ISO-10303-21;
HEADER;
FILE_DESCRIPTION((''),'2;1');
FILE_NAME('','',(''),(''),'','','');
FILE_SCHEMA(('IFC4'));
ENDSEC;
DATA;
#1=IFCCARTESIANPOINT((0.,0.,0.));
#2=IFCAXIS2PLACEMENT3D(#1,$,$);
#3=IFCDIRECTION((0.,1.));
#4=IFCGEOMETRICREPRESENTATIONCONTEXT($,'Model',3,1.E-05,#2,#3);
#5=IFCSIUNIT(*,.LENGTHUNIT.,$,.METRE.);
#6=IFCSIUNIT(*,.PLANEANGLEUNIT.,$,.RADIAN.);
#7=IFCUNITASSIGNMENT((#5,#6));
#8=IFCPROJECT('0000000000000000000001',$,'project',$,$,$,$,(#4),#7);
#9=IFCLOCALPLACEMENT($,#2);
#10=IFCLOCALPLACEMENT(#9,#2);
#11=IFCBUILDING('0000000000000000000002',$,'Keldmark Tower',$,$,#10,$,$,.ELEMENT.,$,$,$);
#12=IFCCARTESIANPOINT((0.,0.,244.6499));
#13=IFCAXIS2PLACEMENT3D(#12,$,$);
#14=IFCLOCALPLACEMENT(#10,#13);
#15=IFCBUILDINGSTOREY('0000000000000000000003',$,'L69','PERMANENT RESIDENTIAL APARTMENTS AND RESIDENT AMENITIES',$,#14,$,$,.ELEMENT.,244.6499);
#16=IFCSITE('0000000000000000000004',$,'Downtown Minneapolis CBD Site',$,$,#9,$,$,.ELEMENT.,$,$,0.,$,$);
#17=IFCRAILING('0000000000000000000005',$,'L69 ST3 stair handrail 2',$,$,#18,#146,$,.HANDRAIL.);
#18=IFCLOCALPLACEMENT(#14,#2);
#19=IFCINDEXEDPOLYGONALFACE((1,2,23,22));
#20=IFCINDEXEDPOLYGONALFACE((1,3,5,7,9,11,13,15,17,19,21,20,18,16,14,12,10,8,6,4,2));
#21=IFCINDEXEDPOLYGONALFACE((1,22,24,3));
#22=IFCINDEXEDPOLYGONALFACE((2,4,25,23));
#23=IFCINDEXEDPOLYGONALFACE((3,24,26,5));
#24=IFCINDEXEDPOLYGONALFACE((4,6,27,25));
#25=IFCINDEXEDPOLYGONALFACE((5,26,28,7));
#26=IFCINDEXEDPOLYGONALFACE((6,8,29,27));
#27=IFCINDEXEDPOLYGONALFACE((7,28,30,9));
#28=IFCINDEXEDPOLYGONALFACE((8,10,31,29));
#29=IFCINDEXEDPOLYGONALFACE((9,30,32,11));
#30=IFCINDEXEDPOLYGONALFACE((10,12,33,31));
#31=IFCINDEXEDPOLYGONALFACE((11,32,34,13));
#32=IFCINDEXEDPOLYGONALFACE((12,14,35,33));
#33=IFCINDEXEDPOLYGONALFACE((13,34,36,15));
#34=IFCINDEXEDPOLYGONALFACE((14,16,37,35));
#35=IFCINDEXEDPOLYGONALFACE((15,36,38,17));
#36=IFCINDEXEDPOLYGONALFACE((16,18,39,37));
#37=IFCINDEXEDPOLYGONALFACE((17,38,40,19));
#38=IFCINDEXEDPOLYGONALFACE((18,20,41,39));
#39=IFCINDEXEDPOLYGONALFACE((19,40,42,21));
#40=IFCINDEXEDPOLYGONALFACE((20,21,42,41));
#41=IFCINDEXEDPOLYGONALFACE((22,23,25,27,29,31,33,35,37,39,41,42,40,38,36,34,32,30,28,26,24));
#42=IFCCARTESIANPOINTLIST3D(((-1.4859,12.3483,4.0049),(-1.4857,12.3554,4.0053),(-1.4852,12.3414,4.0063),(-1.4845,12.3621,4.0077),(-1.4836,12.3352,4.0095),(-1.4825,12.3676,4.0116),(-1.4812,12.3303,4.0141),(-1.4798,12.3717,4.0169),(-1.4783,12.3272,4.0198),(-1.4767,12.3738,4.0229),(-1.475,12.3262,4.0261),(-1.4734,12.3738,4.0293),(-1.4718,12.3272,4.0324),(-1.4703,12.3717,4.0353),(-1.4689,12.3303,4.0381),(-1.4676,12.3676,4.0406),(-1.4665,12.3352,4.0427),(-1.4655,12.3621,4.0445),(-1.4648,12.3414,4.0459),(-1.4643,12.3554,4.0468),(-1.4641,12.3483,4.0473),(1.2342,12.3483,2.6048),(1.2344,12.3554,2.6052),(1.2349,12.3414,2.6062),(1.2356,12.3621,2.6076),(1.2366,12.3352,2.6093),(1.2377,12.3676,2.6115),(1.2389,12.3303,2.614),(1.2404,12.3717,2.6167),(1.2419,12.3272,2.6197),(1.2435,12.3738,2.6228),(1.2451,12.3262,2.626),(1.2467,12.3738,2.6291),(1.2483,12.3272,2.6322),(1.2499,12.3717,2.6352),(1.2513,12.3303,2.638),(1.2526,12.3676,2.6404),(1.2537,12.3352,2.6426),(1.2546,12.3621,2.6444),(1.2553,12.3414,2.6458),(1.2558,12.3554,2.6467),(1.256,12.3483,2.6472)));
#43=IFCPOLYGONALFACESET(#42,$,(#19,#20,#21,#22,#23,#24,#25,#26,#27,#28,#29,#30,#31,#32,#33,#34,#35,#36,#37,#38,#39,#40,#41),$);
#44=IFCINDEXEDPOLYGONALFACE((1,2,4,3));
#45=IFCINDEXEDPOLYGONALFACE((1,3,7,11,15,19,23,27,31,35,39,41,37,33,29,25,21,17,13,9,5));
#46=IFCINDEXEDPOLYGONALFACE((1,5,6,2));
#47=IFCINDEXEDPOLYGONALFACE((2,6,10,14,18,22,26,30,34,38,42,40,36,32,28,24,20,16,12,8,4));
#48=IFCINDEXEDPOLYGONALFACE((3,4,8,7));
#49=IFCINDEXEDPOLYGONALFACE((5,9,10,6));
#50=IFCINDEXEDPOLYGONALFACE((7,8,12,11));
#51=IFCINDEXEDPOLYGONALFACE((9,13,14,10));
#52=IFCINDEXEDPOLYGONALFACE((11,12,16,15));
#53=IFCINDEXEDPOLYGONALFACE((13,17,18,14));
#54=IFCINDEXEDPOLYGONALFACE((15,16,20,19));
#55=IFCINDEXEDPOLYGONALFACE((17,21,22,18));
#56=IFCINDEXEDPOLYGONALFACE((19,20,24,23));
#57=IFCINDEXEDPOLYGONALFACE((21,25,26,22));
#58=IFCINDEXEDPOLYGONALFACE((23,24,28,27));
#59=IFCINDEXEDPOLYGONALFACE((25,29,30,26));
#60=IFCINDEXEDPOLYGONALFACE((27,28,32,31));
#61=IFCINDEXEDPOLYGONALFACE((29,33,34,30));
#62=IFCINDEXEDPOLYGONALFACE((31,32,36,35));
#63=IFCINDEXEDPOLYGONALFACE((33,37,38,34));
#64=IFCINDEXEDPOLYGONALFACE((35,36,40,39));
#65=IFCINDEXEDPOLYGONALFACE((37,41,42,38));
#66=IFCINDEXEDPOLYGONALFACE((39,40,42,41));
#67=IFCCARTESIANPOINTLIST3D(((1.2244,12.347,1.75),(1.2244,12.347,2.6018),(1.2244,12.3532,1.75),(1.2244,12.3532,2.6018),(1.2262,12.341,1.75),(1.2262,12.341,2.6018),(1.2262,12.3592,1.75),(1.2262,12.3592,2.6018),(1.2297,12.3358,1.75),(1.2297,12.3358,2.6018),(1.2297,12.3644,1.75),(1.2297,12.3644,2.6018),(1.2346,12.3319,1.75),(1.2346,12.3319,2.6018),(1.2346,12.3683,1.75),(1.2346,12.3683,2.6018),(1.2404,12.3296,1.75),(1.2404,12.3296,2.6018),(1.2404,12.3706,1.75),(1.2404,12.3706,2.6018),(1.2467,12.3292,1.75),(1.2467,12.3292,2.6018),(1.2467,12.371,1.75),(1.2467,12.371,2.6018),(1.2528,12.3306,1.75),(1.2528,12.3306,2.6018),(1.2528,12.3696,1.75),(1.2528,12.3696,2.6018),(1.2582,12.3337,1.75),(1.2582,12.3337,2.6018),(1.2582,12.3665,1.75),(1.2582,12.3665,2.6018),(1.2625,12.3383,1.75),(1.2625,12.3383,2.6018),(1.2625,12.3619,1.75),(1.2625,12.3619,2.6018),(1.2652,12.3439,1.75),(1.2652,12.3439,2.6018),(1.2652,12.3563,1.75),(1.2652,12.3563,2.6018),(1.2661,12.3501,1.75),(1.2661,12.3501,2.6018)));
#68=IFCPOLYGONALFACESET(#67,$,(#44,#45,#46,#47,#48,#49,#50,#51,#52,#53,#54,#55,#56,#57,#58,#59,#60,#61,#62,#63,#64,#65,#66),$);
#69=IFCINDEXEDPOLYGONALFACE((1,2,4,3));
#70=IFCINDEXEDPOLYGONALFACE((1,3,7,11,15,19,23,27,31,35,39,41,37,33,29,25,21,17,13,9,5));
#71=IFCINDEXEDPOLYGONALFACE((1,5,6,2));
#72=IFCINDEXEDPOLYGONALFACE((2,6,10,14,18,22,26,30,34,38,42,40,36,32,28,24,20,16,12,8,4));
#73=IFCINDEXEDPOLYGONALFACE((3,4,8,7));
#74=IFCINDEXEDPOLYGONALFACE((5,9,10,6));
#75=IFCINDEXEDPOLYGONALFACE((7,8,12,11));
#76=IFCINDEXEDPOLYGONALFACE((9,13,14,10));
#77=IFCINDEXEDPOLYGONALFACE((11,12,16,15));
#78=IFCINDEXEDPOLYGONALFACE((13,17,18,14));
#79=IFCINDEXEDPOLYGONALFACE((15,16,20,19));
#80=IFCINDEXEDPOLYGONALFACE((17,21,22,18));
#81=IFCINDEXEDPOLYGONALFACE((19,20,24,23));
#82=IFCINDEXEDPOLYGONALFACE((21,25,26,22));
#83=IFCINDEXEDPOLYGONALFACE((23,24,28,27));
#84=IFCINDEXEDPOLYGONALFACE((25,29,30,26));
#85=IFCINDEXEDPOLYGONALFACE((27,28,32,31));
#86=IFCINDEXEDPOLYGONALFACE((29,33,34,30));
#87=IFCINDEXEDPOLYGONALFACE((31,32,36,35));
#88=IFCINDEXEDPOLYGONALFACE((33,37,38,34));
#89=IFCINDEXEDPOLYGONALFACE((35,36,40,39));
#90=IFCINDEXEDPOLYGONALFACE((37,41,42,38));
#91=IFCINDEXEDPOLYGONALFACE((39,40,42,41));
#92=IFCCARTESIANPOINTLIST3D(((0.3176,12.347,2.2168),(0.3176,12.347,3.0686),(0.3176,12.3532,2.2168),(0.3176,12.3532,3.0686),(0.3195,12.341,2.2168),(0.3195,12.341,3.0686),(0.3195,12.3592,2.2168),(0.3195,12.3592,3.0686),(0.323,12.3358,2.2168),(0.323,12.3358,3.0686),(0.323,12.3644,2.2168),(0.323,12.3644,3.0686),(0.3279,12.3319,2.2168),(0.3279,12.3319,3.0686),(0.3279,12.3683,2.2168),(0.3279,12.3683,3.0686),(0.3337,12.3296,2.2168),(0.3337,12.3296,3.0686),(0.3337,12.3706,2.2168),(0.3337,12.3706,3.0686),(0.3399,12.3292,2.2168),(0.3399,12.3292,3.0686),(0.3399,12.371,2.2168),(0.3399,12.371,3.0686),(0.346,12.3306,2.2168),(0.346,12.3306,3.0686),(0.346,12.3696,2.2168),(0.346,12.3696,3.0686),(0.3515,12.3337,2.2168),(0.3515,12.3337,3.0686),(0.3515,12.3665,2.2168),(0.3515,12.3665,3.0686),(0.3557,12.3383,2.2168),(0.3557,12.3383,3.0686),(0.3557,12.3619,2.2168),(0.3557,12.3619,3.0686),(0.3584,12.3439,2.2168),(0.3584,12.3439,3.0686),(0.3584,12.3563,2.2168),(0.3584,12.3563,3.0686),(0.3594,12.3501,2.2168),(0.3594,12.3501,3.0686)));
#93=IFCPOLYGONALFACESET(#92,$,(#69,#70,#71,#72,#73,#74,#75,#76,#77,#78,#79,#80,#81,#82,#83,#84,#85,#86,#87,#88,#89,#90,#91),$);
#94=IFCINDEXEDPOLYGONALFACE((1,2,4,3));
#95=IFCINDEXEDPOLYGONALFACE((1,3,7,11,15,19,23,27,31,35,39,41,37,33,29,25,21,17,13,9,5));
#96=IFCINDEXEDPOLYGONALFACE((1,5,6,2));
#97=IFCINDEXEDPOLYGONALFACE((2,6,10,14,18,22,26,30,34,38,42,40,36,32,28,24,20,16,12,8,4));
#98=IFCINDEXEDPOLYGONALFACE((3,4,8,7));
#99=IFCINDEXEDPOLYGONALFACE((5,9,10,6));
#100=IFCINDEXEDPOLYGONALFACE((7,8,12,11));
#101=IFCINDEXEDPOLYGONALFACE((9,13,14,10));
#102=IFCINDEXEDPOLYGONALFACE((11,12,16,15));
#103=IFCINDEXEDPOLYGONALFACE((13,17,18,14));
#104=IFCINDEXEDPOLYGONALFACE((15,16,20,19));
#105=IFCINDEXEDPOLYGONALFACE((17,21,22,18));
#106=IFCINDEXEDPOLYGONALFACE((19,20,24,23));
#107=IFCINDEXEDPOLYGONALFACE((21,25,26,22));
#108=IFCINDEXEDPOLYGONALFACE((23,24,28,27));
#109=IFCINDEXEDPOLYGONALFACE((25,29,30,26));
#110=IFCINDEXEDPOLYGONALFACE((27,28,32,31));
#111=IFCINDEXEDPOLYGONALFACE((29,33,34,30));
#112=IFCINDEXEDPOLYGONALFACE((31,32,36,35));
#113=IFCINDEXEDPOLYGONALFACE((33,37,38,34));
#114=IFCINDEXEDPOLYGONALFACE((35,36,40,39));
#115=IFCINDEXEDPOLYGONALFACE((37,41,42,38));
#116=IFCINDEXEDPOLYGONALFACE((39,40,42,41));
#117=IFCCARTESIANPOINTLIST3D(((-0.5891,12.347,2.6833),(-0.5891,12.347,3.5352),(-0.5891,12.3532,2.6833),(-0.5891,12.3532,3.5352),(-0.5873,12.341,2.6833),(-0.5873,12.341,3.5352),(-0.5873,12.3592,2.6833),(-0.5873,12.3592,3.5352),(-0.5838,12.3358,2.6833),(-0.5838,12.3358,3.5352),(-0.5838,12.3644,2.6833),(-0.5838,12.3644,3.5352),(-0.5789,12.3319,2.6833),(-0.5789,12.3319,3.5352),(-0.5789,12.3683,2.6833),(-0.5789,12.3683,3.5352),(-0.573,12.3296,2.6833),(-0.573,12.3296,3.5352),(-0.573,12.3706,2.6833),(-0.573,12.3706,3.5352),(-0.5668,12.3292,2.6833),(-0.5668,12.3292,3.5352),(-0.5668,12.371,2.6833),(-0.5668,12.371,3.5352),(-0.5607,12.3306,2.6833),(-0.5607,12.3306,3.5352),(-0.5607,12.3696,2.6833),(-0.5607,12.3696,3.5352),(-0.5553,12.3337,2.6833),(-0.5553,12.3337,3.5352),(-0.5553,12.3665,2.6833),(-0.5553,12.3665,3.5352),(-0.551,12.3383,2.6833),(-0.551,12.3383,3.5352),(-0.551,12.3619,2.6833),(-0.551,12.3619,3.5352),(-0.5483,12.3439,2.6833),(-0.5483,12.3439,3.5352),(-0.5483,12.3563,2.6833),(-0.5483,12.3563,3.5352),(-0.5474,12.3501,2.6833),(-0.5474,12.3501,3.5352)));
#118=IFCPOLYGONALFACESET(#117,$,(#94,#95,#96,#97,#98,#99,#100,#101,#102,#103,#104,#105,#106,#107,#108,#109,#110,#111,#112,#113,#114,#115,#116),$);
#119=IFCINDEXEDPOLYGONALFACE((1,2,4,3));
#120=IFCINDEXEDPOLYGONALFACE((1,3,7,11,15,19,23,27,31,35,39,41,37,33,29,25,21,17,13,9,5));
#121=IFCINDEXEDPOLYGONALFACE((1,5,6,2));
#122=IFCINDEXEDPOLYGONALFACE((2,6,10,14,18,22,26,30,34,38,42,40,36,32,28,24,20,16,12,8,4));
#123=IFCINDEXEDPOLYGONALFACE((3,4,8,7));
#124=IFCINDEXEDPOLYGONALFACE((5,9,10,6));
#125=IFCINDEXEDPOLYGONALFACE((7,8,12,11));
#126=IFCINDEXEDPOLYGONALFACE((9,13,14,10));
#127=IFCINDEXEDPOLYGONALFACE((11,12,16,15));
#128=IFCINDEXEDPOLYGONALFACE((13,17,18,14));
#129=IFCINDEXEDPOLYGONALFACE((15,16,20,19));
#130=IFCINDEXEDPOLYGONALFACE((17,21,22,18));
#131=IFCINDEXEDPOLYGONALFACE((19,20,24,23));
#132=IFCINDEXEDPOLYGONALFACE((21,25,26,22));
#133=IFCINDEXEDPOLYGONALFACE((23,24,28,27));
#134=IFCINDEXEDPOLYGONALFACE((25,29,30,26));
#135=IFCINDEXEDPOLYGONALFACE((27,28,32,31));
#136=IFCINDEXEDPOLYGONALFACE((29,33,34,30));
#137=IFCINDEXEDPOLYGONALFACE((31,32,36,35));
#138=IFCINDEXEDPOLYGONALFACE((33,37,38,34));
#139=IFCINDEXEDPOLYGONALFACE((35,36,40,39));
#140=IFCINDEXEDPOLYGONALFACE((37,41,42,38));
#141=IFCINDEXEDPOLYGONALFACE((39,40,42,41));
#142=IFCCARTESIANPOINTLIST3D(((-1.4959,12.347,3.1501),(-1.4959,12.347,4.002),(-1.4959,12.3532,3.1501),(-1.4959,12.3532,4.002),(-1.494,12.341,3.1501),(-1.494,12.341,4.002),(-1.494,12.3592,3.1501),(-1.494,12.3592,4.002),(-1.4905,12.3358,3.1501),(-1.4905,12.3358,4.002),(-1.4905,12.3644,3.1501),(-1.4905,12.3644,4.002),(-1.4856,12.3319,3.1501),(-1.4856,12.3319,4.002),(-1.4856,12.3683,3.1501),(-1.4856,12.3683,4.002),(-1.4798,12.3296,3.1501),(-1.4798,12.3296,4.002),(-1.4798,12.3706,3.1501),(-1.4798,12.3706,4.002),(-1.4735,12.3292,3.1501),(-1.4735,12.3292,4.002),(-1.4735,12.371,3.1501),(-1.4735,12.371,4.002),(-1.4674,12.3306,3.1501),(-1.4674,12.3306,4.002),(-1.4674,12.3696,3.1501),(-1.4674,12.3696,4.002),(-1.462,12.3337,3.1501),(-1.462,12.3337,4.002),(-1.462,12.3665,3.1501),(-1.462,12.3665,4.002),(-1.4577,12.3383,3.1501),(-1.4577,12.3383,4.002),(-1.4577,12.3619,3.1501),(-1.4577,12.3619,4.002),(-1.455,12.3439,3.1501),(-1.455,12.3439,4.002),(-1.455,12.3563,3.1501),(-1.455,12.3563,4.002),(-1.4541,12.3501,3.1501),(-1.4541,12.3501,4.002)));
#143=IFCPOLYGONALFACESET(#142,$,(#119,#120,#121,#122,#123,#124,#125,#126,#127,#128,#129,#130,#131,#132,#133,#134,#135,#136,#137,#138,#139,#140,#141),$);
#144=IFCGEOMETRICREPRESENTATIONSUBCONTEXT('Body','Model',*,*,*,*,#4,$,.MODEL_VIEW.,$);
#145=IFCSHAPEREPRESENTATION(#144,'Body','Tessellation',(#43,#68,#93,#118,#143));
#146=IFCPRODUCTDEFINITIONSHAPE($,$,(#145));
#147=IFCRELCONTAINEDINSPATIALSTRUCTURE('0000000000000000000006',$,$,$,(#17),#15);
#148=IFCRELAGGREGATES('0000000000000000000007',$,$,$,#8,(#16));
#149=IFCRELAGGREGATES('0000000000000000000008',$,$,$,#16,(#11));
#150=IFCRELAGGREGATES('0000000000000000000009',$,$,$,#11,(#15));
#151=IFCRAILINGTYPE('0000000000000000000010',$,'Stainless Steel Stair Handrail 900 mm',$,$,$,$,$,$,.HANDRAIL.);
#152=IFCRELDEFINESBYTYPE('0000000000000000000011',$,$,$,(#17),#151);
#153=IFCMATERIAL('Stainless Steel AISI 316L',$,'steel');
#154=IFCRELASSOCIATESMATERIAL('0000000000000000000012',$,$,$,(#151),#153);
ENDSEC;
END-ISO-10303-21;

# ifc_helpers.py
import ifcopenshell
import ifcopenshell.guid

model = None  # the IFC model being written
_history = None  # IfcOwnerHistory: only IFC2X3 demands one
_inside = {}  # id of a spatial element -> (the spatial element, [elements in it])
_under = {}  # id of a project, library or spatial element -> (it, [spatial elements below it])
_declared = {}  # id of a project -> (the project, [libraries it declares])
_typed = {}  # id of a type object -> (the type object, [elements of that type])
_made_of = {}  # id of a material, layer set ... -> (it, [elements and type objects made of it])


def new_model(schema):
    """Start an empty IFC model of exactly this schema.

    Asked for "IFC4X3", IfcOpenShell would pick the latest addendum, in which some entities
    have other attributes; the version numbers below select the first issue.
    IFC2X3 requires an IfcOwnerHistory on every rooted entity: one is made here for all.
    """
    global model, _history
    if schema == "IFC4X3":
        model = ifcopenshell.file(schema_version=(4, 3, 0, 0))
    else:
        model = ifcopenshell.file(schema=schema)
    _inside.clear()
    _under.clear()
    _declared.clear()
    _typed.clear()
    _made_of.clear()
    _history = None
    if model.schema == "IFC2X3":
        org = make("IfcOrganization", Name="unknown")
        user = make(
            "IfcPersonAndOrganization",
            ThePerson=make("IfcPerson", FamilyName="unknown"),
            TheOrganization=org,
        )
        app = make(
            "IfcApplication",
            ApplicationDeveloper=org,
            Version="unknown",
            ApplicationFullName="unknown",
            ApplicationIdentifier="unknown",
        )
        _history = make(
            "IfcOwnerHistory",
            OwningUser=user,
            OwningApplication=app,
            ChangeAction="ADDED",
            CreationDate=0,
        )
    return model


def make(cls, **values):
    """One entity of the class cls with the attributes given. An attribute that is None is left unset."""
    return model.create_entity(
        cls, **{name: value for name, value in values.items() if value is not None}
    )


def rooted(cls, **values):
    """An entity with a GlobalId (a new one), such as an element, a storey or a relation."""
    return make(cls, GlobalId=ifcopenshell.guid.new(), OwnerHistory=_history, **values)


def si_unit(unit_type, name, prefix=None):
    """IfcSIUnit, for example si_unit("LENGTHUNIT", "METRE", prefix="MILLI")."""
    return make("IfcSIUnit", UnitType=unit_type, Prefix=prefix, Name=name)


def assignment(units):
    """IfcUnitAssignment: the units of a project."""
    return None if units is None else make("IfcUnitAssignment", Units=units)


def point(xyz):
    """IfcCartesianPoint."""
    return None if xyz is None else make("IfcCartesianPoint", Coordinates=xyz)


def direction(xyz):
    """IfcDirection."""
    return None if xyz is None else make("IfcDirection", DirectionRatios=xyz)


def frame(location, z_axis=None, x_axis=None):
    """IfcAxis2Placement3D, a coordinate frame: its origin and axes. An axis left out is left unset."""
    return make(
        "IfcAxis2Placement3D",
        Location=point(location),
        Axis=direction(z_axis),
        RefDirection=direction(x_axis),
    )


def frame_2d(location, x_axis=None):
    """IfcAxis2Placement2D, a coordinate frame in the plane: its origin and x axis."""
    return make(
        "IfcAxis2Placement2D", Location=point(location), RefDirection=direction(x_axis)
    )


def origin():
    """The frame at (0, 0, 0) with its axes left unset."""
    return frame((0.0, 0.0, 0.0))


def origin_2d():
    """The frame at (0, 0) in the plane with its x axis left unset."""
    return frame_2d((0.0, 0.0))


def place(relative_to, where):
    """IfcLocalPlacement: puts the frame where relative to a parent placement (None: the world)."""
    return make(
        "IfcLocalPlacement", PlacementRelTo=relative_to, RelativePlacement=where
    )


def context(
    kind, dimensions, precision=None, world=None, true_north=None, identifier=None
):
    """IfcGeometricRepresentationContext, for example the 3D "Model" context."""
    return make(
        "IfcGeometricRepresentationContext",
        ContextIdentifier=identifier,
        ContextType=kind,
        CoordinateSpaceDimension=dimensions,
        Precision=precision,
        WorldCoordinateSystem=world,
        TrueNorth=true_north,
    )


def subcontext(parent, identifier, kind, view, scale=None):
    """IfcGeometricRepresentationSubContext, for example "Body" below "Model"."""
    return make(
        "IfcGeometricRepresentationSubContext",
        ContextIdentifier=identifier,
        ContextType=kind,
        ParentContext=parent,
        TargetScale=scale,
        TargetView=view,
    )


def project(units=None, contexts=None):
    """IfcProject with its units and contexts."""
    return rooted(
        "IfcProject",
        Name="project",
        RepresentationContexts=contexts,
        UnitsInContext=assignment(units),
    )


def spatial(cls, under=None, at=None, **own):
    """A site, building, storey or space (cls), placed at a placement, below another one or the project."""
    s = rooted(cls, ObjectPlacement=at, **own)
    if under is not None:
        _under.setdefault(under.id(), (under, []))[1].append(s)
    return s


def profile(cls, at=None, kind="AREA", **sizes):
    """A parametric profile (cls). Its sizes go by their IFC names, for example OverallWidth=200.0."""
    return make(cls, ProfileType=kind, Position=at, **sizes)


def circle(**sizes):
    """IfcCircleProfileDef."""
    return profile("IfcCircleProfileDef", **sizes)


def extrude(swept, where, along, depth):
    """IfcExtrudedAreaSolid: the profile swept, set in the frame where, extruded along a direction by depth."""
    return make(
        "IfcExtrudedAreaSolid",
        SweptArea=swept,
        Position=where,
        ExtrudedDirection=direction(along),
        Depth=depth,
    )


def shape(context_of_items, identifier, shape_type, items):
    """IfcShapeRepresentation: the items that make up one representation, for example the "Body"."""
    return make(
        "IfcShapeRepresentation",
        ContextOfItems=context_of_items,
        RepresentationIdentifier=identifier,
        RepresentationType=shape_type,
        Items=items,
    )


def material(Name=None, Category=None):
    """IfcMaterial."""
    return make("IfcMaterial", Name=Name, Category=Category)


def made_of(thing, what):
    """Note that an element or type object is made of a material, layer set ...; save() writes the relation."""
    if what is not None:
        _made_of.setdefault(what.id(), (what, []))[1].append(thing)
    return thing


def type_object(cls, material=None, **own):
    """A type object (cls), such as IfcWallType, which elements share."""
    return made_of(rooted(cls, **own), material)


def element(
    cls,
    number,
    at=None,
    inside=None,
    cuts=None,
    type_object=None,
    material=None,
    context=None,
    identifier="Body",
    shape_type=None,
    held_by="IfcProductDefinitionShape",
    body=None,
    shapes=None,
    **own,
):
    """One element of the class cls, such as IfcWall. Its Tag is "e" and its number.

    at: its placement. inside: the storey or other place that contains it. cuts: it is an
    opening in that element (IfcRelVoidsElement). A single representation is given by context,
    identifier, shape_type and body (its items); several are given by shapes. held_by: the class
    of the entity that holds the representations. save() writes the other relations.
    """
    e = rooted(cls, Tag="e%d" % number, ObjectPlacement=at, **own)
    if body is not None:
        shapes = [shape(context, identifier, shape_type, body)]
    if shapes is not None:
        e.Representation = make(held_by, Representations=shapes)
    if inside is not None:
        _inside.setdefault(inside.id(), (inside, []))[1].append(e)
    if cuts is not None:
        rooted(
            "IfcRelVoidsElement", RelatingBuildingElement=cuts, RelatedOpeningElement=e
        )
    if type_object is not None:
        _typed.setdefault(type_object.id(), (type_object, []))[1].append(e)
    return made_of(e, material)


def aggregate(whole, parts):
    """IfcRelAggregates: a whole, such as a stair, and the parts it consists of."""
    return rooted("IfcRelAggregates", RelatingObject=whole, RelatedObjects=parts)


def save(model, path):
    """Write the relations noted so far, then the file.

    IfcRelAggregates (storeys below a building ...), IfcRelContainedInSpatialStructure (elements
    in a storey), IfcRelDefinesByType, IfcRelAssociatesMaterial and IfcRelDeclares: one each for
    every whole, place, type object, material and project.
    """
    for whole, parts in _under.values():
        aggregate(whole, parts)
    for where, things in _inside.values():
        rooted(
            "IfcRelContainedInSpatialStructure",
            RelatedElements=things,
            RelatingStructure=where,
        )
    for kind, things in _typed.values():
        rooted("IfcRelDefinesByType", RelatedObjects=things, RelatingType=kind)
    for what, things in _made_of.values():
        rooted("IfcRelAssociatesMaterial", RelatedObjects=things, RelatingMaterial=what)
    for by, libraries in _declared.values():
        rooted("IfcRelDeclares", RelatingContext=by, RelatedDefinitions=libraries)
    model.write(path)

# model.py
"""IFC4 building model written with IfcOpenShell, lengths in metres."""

from ifc_helpers import new_model, si_unit, direction, frame, origin, origin_2d, place, context, subcontext, project, spatial, circle, extrude, material, type_object, element, save


model = new_model("IFC4")

# Units and contexts
model_context = context("Model", 3, precision=1e-05, world=origin(), true_north=direction((0.0, 1.0)))
body_context = subcontext(model_context, "Body", "Model", "MODEL_VIEW")
ifc_project = project(units=[si_unit("LENGTHUNIT", "METRE"), si_unit("PLANEANGLEUNIT", "RADIAN")], contexts=[model_context])

# Site, building, storey
site_placement = place(None, origin())
site = spatial("IfcSite", under=ifc_project, at=site_placement, Name="Downtown Minneapolis CBD Site", CompositionType="ELEMENT", RefElevation=0.0)
building_placement = place(site_placement, origin())
building = spatial("IfcBuilding", under=site, at=building_placement, Name="Keldmark Tower", CompositionType="ELEMENT")
storey_placement = place(building_placement, frame((0.0, 0.0, 244.6499)))
storey = spatial("IfcBuildingStorey", under=building, at=storey_placement, Name="L69", Description="PERMANENT RESIDENTIAL APARTMENTS AND RESIDENT AMENITIES", CompositionType="ELEMENT", Elevation=244.6499)

# Railing
ifc_material_1 = material(Name="Stainless Steel AISI 316L", Category="steel")
railing_type_1 = type_object("IfcRailingType", Name="Stainless Steel Stair Handrail 900 mm", PredefinedType="HANDRAIL", material=ifc_material_1)
railing_1_placement = place(storey_placement, frame((1.2451, 12.3501, 1.75)))
element("IfcRailing", 1, at=railing_1_placement, inside=storey, type_object=railing_type_1, Name="L69 ST3 stair handrail 2", PredefinedType="HANDRAIL", context=body_context, shape_type="SweptSolid", body=[
    extrude(circle(Radius=0.0239, at=origin_2d()), frame((0.0, 0.0, 0.876), z_axis=(-0.889131, 0.0, 0.457653), x_axis=(0.0, -1.0, 0.0)), (0.0, 0.0, 1.0), 3.0593),
    extrude(circle(Radius=0.021, at=origin_2d()), origin(), (0.0, 0.0, 1.0), 0.8518),
    extrude(circle(Radius=0.021, at=origin_2d()), frame((-0.9067, 0.0, 0.4668)), (0.0, 0.0, 1.0), 0.8518),
    extrude(circle(Radius=0.021, at=origin_2d()), frame((-1.8135, 0.0, 0.9333)), (0.0, 0.0, 1.0), 0.8518),
    extrude(circle(Radius=0.021, at=origin_2d()), frame((-2.7202, 0.0, 1.4001)), (0.0, 0.0, 1.0), 0.8518),
])

save(model, "model.ifc")
